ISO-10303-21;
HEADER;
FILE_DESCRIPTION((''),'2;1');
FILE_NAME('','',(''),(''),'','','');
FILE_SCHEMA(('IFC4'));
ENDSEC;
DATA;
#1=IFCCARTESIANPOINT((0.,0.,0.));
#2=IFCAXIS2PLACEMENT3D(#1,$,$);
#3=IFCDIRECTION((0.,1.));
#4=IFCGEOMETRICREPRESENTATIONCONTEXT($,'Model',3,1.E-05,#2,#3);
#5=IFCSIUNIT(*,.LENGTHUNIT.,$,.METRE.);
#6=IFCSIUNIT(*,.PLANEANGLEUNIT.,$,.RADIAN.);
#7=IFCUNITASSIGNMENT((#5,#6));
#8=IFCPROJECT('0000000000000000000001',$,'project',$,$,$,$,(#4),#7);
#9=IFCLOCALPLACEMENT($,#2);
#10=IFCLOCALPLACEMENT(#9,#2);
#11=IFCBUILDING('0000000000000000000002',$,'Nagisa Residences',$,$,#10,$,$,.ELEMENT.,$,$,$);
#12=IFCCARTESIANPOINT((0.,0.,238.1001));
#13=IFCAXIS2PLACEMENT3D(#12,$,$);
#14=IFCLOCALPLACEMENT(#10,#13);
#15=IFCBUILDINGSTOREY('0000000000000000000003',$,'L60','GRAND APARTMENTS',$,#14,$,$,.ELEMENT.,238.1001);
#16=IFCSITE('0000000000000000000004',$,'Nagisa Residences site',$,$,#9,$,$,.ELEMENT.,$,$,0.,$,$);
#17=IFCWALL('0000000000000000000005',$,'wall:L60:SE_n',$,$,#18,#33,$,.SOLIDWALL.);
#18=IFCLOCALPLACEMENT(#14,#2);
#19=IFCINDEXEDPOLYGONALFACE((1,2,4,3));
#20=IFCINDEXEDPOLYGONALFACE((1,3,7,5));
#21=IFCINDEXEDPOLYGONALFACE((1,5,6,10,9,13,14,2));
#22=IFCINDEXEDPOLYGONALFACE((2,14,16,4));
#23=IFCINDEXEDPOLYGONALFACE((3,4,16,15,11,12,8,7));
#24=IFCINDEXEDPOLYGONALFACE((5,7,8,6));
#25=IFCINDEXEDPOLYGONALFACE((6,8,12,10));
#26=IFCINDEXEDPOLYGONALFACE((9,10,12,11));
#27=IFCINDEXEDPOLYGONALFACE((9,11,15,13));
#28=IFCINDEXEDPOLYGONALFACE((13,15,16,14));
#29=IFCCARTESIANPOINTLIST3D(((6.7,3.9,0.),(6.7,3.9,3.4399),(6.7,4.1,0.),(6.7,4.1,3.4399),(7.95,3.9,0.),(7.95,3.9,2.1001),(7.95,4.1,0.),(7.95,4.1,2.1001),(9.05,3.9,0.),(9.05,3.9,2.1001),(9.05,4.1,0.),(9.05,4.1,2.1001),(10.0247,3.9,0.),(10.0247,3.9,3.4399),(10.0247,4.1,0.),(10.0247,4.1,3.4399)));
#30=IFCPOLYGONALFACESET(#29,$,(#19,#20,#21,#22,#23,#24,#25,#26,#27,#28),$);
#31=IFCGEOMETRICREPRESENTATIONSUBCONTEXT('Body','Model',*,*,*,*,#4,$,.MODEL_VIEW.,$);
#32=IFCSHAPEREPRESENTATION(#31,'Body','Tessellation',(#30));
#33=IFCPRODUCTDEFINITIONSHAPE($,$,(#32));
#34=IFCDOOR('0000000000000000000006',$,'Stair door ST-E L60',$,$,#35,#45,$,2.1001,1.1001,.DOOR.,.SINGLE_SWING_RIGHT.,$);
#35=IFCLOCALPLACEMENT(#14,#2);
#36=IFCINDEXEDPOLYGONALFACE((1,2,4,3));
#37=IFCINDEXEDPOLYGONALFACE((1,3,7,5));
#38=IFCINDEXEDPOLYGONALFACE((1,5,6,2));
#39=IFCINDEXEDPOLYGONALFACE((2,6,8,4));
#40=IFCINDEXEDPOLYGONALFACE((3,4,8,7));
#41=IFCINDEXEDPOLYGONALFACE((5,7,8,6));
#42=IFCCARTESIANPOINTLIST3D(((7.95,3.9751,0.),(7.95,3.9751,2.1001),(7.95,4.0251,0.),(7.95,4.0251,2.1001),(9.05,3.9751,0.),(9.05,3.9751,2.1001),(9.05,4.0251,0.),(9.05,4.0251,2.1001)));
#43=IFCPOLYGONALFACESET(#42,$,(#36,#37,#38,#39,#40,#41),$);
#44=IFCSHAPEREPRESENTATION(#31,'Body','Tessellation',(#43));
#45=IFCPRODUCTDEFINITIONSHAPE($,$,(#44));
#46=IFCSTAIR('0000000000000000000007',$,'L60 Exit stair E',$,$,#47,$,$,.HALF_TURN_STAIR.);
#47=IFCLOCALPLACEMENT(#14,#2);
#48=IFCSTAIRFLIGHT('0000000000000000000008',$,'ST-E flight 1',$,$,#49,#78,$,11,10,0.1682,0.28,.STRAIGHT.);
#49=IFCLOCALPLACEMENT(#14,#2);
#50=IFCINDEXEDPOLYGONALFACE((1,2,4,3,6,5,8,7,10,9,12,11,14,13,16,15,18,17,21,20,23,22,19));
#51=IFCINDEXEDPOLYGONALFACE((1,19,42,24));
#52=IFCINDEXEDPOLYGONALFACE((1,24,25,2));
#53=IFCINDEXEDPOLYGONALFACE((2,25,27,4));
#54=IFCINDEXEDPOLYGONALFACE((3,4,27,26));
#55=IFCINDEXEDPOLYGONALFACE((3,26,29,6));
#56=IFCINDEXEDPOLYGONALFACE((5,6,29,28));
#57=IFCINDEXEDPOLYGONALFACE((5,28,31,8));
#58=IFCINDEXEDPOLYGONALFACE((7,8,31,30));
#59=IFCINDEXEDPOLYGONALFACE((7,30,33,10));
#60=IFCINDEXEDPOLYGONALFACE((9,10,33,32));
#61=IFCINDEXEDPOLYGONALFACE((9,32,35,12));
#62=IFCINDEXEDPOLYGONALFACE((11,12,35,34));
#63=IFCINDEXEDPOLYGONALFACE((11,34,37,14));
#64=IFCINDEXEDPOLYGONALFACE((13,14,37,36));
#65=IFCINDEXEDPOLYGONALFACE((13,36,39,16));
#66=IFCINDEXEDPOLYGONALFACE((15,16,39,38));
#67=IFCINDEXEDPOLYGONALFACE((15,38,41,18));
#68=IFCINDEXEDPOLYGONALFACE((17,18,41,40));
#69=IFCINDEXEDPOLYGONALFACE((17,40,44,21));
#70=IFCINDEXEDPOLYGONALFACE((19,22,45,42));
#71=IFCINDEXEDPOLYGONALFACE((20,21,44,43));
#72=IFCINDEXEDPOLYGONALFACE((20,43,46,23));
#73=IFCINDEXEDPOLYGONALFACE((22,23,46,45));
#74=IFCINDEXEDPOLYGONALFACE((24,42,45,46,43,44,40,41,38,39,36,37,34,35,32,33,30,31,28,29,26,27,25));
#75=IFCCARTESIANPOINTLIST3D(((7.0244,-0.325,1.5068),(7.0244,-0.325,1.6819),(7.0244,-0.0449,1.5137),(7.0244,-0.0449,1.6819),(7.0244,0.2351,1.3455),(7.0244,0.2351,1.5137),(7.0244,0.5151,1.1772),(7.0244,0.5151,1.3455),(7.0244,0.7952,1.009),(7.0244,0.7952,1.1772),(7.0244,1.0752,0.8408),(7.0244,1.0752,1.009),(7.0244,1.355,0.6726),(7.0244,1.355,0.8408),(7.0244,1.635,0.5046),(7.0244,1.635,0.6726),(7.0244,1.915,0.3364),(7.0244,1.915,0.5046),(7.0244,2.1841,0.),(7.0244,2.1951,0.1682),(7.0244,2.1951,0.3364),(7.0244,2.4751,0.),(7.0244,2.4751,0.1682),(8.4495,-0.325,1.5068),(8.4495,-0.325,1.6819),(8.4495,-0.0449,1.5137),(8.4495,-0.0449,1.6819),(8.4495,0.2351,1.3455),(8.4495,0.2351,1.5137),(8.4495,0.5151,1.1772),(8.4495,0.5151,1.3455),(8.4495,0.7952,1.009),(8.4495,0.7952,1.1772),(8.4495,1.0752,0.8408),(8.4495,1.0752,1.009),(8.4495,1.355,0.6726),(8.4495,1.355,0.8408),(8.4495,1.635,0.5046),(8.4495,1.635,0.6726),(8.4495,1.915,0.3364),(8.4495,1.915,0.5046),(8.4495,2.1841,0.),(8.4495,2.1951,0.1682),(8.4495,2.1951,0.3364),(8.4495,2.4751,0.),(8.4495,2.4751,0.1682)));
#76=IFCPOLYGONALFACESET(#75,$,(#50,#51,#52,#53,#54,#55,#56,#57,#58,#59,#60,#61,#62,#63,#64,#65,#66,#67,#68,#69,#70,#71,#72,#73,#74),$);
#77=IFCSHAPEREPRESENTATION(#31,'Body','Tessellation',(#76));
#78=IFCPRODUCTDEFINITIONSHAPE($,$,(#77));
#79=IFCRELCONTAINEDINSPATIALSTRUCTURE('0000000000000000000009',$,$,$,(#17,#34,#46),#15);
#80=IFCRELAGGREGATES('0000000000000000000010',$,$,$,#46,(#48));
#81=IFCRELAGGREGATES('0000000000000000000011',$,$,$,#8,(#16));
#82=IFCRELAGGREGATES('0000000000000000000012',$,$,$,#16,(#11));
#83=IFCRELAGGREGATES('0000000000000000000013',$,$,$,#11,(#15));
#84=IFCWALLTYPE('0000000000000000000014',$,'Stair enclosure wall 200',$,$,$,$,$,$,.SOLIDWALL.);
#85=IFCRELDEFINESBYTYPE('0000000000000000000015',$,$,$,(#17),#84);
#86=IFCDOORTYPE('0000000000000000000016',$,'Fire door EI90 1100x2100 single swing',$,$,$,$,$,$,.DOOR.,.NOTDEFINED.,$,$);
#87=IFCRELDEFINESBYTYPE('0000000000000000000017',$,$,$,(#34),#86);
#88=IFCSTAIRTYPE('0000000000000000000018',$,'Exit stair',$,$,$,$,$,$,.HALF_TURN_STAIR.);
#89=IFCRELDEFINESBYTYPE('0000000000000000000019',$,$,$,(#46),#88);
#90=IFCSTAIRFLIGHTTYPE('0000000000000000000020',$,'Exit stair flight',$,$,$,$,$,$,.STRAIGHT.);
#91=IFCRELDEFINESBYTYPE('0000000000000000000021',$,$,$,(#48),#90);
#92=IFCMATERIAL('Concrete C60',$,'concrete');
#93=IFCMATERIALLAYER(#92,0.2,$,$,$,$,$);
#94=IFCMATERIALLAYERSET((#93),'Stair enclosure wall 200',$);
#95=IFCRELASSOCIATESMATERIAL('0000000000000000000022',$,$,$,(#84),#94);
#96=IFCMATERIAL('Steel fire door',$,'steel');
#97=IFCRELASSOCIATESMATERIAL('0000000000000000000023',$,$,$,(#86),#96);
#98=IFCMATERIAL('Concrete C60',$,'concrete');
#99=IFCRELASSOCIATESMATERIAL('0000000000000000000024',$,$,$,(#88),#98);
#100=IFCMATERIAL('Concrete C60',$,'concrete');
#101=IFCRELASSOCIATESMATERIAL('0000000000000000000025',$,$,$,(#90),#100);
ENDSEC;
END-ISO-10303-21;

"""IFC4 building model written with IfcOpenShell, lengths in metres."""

from ifc_helpers import new_model, si_unit, direction, frame, frame_2d, origin, place, context, subcontext, project, spatial, polyline, rectangle, outline, extrude, material, layer, layer_set, type_object, element, fill, aggregate, save


model = new_model("IFC4")

# Units and contexts
model_context = context("Model", 3, precision=1e-05, world=origin(), true_north=direction((0.0, 1.0)))
body_context = subcontext(model_context, "Body", "Model", "MODEL_VIEW")
ifc_project = project(units=[si_unit("LENGTHUNIT", "METRE"), si_unit("PLANEANGLEUNIT", "RADIAN")], contexts=[model_context])

# Site, building, storey
site_placement = place(None, origin())
site = spatial("IfcSite", under=ifc_project, at=site_placement, Name="Nagisa Residences site", CompositionType="ELEMENT", RefElevation=0.0)
building_placement = place(site_placement, origin())
building = spatial("IfcBuilding", under=site, at=building_placement, Name="Nagisa Residences", CompositionType="ELEMENT")
storey_placement = place(building_placement, frame((0.0, 0.0, 238.1001)))
storey = spatial("IfcBuildingStorey", under=building, at=storey_placement, Name="L60", Description="GRAND APARTMENTS", CompositionType="ELEMENT", Elevation=238.1001)

# Wall, opening, door
ifc_material_1 = material(Name="Concrete C60", Category="concrete")
ifc_layer_1 = layer(ifc_material_1, 0.2)
ifc_layer_set_1 = layer_set([ifc_layer_1], Name="Stair enclosure wall 200")
wall_type_1 = type_object("IfcWallType", Name="Stair enclosure wall 200", PredefinedType="SOLIDWALL", material=ifc_layer_set_1)
wall_1_placement = place(storey_placement, frame((6.7, 4.0, 0.0), z_axis=(0.0, 0.0, 1.0), x_axis=(1.0, 0.0, 0.0)))
wall_1 = element("IfcWall", 1, at=wall_1_placement, inside=storey, type_object=wall_type_1, Name="wall:L60:SE_n", PredefinedType="SOLIDWALL", context=body_context, shape_type="SweptSolid", body=[
    extrude(rectangle(XDim=3.3247, YDim=0.2, at=frame_2d((1.6624, 0.0))), origin(), (0.0, 0.0, 1.0), 3.4399),
])
opening_1_placement = place(wall_1_placement, frame((1.25, 0.0, 0.0)))
opening_1 = element("IfcOpeningElement", 2, at=opening_1_placement, cuts=wall_1, PredefinedType="OPENING", context=body_context, shape_type="SweptSolid", body=[
    extrude(rectangle(XDim=1.1001, YDim=2.1001, at=frame_2d((0.55, 1.05))), frame((0.0, 0.1099, 0.0), z_axis=(0.0, -1.0, 0.0), x_axis=(1.0, 0.0, 0.0)), (0.0, 0.0, 1.0), 0.22),
])
ifc_material_2 = material(Name="Steel fire door", Category="steel")
door_type_1 = type_object("IfcDoorType", Name="Fire door EI90 1100x2100 single swing", OperationType="NOTDEFINED", PredefinedType="DOOR", material=ifc_material_2)
door_1_placement = place(opening_1_placement, frame((1.1001, 0.0, 0.0), x_axis=(-1.0, 0.0, 0.0)))
door_1 = element("IfcDoor", 3, at=door_1_placement, inside=storey, type_object=door_type_1, Name="Stair door ST-E L60", OperationType="SINGLE_SWING_RIGHT", OverallHeight=2.1001, OverallWidth=1.1001, PredefinedType="DOOR", context=body_context, shape_type="SweptSolid", body=[
    extrude(rectangle(XDim=1.1001, YDim=2.1001, at=frame_2d((0.55, 1.05))), frame((0.0, 0.0249, 0.0), z_axis=(0.0, -1.0, 0.0), x_axis=(1.0, 0.0, 0.0)), (0.0, 0.0, 1.0), 0.05),
])
fill(opening_1, door_1)

# Stair, stair flight
ifc_material_3 = material(Name="Concrete C60", Category="concrete")
stair_type = type_object("IfcStairType", Name="Exit stair", PredefinedType="HALF_TURN_STAIR", material=ifc_material_3)
stair_placement = place(storey_placement, origin())
stair = element("IfcStair", 4, at=stair_placement, inside=storey, type_object=stair_type, Name="L60 Exit stair E", PredefinedType="HALF_TURN_STAIR")
ifc_material_4 = material(Name="Concrete C60", Category="concrete")
stair_flight_type = type_object("IfcStairFlightType", Name="Exit stair flight", PredefinedType="STRAIGHT", material=ifc_material_4)
stair_flight_placement = place(storey_placement, frame((7.7371, 2.4751, 0.0), z_axis=(0.0, 0.0, 1.0), x_axis=(0.0, -1.0, 0.0)))
stair_flight = element("IfcStairFlight", 5, at=stair_flight_placement, type_object=stair_flight_type, Name="ST-E flight 1", NumberOfRisers=11, NumberOfTreads=10, PredefinedType="STRAIGHT", RiserHeight=0.1682, TreadLength=0.28, context=body_context, shape_type="SweptSolid", body=[
    extrude(outline(polyline([(0.0, 0.0), (0.0, 0.1682), (0.28, 0.1682), (0.28, 0.3364), (0.5601, 0.3364), (0.5601, 0.5046), (0.8401, 0.5046), (0.8401, 0.6726), (1.1201, 0.6726), (1.1201, 0.8408), (1.3999, 0.8408), (1.3999, 1.009), (1.6799, 1.009), (1.6799, 1.1772), (1.96, 1.1772), (1.96, 1.3455), (2.24, 1.3455), (2.24, 1.5137), (2.52, 1.5137), (2.52, 1.6819), (2.8, 1.6819), (2.8, 1.8501), (2.8, 1.5068), (0.291, 0.0), (0.0, 0.0)])), frame((0.0, 0.7124, 0.0), z_axis=(0.0, -1.0, 0.0), x_axis=(1.0, 0.0, 0.0)), (0.0, 0.0, 1.0), 1.425),
])
aggregate(stair, [stair_flight])

save(model, "model.ifc")
